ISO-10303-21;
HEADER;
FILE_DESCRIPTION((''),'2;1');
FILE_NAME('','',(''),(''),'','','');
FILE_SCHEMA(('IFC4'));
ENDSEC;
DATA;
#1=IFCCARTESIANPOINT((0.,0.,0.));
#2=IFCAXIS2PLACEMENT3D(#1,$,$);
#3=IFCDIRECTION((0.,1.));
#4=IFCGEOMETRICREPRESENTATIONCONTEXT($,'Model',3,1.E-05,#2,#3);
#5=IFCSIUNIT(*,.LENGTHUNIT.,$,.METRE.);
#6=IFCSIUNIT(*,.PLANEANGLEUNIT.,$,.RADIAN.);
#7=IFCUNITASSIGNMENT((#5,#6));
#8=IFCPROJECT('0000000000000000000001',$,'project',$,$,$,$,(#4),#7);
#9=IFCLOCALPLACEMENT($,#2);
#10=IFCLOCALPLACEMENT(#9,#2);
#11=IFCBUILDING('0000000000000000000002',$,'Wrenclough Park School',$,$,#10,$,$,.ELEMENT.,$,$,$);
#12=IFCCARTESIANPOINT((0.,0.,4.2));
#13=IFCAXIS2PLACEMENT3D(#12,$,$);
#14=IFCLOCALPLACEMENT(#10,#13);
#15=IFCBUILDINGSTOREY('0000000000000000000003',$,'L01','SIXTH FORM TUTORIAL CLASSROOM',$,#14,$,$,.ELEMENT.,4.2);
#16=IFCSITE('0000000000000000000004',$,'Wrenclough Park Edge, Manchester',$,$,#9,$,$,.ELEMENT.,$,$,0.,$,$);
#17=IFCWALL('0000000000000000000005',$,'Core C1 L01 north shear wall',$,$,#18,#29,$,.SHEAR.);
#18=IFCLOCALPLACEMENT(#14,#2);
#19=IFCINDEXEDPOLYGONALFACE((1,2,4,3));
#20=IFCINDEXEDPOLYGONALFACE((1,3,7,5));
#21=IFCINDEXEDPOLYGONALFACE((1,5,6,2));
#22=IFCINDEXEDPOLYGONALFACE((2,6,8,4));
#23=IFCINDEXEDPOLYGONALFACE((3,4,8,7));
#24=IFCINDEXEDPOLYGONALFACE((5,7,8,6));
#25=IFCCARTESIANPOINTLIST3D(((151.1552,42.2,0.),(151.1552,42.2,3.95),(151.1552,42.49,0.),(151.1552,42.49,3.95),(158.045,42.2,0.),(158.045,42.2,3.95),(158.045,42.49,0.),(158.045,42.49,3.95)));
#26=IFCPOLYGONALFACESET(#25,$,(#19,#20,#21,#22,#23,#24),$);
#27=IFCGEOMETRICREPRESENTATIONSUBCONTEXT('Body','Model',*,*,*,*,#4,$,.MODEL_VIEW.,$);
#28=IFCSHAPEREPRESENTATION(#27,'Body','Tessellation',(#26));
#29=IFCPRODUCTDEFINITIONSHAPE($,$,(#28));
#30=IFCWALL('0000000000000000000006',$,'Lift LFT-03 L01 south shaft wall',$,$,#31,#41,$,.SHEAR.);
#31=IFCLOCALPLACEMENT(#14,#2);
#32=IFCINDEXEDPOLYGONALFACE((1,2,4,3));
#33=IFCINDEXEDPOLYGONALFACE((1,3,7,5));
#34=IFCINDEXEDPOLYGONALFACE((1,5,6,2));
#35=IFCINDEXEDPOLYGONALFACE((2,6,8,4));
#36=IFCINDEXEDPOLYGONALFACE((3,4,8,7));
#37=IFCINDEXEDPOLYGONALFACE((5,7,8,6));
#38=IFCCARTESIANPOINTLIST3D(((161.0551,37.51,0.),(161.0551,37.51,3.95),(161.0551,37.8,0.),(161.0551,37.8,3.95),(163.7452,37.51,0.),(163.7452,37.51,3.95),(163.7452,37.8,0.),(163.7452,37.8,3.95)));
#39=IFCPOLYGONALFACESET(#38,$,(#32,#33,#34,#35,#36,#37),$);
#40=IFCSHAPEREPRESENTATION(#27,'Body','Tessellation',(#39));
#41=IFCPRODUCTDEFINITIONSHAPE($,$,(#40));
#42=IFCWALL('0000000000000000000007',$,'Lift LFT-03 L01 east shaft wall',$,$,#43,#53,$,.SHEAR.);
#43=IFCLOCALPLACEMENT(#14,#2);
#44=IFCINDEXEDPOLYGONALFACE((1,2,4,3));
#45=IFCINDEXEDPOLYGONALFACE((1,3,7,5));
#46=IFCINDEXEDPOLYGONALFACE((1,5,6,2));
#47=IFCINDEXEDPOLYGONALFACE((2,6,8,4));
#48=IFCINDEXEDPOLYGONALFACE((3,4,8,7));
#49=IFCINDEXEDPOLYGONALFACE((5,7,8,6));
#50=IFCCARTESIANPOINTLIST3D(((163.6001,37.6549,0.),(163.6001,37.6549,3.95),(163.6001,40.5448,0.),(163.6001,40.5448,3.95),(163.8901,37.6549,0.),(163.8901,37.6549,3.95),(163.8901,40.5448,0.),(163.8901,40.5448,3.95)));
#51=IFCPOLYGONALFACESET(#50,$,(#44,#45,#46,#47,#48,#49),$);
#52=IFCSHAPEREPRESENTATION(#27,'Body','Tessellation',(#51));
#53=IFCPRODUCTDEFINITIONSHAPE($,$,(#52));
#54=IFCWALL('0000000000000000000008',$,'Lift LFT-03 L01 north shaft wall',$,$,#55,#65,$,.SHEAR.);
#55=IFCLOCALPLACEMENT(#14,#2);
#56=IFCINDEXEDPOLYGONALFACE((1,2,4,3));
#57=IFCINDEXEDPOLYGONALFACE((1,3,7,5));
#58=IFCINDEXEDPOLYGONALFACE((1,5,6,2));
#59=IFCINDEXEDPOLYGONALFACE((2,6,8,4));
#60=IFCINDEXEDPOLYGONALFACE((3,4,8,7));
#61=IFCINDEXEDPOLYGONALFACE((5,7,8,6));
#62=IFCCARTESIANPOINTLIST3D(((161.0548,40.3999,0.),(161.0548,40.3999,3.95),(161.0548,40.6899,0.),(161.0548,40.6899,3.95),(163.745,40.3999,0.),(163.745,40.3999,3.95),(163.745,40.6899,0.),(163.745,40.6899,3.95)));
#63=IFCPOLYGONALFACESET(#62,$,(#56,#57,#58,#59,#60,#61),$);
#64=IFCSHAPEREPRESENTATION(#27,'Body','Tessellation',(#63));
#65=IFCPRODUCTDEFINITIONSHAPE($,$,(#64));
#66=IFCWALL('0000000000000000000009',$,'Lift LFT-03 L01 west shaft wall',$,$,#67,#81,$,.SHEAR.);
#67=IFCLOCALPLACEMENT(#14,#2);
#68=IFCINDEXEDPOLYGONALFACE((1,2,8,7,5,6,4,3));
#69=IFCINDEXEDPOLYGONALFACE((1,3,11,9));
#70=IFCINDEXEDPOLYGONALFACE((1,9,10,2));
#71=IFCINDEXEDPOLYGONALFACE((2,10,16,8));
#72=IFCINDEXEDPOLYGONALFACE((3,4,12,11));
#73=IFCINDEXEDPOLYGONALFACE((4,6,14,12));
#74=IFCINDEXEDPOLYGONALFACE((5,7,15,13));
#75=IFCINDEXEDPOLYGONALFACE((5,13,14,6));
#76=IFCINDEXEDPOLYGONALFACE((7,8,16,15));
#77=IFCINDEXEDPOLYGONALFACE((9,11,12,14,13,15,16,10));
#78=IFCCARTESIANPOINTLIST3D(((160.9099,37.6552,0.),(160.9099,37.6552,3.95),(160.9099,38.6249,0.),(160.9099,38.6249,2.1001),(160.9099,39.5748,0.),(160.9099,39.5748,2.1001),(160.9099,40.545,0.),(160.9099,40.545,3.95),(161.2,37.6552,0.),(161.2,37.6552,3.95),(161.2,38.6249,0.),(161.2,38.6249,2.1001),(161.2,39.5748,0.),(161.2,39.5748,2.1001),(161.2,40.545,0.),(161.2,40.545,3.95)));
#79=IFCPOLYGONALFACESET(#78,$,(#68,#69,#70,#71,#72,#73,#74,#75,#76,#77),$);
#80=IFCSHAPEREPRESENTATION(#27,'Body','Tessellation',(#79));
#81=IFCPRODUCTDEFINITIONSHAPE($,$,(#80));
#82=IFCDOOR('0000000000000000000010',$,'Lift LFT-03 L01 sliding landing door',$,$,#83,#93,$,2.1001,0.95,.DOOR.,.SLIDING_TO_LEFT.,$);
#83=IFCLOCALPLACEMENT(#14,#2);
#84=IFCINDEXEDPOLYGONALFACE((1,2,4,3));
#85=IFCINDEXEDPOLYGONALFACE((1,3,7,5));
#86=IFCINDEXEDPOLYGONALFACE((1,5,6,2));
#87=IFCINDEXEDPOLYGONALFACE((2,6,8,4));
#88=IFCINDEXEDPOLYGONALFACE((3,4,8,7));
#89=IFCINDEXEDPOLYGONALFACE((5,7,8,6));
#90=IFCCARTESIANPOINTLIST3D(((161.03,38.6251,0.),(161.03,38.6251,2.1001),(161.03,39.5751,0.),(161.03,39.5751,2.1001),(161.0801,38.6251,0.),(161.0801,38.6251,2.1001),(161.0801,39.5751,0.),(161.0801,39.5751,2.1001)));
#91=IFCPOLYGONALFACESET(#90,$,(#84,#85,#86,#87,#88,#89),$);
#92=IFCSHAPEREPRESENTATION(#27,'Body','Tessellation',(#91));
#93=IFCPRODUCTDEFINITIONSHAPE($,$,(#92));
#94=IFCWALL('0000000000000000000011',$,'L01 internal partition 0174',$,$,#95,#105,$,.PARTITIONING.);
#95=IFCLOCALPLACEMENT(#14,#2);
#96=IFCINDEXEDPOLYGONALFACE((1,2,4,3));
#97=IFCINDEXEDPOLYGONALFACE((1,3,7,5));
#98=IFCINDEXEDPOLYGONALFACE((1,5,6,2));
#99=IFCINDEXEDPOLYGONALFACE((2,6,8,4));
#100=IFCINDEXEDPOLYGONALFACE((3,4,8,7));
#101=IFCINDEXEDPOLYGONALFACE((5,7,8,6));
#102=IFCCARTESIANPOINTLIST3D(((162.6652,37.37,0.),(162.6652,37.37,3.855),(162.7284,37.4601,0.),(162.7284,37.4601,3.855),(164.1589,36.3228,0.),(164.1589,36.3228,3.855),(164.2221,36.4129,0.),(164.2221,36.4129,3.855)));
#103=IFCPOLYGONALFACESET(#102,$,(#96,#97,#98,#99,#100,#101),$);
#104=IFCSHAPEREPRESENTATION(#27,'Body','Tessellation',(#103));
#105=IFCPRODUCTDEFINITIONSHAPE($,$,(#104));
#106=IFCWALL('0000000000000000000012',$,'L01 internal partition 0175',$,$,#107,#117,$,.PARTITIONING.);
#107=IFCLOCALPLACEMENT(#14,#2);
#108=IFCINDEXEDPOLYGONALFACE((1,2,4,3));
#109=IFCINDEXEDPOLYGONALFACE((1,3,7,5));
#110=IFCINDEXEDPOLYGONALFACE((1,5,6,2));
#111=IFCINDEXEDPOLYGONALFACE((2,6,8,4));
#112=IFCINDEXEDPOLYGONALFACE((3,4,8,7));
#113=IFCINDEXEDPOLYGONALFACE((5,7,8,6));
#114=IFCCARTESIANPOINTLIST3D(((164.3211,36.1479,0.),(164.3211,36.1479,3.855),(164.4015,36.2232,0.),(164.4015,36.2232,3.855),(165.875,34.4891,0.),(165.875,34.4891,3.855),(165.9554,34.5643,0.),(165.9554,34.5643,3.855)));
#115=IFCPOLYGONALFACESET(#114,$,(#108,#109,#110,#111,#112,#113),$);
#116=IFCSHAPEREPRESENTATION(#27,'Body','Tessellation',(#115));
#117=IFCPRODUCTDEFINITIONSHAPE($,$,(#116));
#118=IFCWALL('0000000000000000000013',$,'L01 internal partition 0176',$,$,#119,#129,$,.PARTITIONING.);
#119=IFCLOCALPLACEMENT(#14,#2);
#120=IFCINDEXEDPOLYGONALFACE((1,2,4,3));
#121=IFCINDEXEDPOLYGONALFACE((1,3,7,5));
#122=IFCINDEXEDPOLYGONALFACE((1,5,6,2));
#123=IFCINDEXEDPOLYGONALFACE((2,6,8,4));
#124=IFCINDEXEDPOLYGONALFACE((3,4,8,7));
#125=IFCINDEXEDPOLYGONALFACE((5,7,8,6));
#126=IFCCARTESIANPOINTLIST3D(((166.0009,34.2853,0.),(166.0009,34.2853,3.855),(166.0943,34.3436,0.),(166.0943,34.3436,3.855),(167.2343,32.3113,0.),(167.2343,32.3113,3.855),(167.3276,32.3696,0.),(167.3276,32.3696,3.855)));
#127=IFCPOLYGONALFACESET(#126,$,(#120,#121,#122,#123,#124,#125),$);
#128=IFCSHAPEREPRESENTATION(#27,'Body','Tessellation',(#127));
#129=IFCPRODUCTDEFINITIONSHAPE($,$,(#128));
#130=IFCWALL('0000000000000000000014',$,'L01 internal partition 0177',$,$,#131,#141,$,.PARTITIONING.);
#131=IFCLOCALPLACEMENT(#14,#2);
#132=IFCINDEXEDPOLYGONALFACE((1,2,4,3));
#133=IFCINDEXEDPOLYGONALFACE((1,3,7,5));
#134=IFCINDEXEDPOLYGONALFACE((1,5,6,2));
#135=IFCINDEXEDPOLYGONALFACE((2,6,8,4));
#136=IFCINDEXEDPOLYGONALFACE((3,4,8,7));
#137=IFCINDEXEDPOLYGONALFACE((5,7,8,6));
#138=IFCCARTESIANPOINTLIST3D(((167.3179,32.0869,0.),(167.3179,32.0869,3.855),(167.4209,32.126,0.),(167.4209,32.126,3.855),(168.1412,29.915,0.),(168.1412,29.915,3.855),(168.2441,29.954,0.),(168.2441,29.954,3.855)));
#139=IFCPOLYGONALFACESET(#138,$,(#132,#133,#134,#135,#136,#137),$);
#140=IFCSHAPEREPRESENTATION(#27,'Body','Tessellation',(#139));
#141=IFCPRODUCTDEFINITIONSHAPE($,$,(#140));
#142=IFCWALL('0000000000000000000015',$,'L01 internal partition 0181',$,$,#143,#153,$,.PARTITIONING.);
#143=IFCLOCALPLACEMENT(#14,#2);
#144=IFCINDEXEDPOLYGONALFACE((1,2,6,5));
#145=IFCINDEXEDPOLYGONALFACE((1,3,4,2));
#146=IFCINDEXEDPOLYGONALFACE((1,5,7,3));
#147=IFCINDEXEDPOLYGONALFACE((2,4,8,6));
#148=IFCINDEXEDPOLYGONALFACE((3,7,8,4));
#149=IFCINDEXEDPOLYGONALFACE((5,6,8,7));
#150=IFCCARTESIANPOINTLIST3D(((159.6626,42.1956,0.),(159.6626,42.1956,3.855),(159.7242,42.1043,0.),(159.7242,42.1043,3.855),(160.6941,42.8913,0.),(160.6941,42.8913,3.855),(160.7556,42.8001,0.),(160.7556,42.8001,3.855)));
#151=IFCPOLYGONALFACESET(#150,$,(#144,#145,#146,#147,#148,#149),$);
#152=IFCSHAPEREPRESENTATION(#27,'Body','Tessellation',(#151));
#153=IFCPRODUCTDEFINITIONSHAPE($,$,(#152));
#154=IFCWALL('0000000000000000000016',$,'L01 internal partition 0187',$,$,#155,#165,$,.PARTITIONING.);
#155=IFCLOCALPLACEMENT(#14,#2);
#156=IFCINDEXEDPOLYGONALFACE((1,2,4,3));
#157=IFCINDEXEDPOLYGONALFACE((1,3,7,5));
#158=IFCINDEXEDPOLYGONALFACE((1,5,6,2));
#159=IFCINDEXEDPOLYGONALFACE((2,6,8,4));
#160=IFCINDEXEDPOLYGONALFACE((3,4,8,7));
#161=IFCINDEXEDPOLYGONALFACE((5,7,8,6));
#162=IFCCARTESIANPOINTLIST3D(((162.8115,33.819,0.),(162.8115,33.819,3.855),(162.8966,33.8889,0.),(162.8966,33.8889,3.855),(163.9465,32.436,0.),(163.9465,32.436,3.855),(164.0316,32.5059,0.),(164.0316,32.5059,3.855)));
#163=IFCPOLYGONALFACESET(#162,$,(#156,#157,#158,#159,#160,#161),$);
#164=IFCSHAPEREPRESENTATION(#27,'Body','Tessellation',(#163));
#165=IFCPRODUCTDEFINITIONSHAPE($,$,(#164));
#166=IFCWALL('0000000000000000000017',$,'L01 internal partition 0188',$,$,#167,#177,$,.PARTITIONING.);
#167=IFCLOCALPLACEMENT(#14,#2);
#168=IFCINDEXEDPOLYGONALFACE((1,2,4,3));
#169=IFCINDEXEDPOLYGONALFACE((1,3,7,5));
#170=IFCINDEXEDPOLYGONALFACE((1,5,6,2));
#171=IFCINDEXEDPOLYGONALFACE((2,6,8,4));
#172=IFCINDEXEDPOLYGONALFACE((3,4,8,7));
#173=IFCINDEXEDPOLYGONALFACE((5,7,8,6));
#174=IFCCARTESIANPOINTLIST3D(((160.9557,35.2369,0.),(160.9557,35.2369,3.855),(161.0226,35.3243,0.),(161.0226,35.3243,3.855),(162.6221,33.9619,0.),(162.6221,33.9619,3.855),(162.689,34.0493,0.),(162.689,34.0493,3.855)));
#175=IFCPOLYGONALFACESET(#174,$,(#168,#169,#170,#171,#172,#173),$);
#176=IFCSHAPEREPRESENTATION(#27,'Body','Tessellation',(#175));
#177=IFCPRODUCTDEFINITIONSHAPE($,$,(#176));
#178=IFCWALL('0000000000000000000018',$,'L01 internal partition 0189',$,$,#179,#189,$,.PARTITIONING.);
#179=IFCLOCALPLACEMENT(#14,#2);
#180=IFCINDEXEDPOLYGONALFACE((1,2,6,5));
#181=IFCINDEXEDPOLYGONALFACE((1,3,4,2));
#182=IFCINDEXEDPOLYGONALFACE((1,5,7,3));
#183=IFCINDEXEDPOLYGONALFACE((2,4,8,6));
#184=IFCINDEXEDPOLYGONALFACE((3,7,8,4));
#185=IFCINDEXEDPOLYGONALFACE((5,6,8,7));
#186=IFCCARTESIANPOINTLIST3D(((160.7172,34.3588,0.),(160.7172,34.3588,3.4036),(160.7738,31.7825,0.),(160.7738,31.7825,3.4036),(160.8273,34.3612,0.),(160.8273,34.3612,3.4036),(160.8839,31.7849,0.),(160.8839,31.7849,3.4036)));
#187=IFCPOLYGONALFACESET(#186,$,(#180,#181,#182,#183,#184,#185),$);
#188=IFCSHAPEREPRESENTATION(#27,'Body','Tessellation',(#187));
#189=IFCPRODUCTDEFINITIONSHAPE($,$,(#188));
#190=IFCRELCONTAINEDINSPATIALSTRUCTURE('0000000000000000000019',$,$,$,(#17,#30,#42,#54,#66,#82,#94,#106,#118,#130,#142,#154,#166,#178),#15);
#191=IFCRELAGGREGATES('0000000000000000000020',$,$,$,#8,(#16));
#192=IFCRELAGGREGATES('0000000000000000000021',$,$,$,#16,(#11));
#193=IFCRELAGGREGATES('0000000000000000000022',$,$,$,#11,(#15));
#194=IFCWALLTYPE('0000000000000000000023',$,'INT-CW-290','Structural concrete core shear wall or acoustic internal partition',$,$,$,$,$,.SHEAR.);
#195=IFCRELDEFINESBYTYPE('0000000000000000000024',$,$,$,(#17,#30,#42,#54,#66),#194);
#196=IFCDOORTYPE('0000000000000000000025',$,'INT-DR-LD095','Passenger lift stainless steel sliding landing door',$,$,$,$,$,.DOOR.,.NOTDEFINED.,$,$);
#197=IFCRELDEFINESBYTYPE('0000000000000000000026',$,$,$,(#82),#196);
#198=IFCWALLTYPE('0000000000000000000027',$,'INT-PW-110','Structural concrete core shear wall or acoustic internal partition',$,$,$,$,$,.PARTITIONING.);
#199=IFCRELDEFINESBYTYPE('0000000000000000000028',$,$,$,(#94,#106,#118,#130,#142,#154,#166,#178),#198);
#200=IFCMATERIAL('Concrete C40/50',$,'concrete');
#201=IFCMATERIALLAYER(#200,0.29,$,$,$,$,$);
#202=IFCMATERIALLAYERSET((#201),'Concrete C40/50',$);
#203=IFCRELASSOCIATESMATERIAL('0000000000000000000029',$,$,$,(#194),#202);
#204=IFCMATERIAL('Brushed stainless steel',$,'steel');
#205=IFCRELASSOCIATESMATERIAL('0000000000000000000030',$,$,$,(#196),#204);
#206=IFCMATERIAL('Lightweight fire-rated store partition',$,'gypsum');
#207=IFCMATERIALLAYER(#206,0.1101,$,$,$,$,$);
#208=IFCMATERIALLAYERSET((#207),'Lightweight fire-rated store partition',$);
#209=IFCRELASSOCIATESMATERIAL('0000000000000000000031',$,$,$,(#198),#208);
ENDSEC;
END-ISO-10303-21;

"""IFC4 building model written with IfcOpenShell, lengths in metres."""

from ifc_helpers import new_model, si_unit, direction, frame, frame_2d, origin, place, context, subcontext, project, spatial, rectangle, extrude, material, layer, layer_set, type_object, element, fill, save


model = new_model("IFC4")

# Units and contexts
model_context = context("Model", 3, precision=1e-05, world=origin(), true_north=direction((0.0, 1.0)))
body_context = subcontext(model_context, "Body", "Model", "MODEL_VIEW")
ifc_project = project(units=[si_unit("LENGTHUNIT", "METRE"), si_unit("PLANEANGLEUNIT", "RADIAN")], contexts=[model_context])

# Site, building, storey
site_placement = place(None, origin())
site = spatial("IfcSite", under=ifc_project, at=site_placement, Name="Wrenclough Park Edge, Manchester", CompositionType="ELEMENT", RefElevation=0.0)
building_placement = place(site_placement, origin())
building = spatial("IfcBuilding", under=site, at=building_placement, Name="Wrenclough Park School", CompositionType="ELEMENT")
storey_placement = place(building_placement, frame((0.0, 0.0, 4.2)))
storey = spatial("IfcBuildingStorey", under=building, at=storey_placement, Name="L01", Description="SIXTH FORM TUTORIAL CLASSROOM", CompositionType="ELEMENT", Elevation=4.2)

# Shared definitions
ifc_material_1 = material(Name="Concrete C40/50", Category="concrete")
ifc_layer_1 = layer(ifc_material_1, 0.29)
ifc_layer_set_1 = layer_set([ifc_layer_1], Name="Concrete C40/50")
wall_type_1 = type_object("IfcWallType", Name="INT-CW-290", Description="Structural concrete core shear wall or acoustic internal partition", PredefinedType="SHEAR", material=ifc_layer_set_1)

# Walls
wall_1_placement = place(storey_placement, frame((158.0449, 42.345, 0.0), z_axis=(0.0, 0.0, 1.0), x_axis=(-1.0, 0.0, 0.0)))
element("IfcWall", 1, at=wall_1_placement, inside=storey, type_object=wall_type_1, Name="Core C1 L01 north shear wall", PredefinedType="SHEAR", context=body_context, shape_type="SweptSolid", body=[
    extrude(rectangle(XDim=6.8899, YDim=0.29, at=frame_2d((3.4448, 0.0))), origin(), (0.0, 0.0, 1.0), 3.95),
])
wall_2_placement = place(storey_placement, frame((161.0549, 37.655, 0.0), z_axis=(0.0, 0.0, 1.0), x_axis=(1.0, 0.0, 0.0)))
element("IfcWall", 2, at=wall_2_placement, inside=storey, type_object=wall_type_1, Name="Lift LFT-03 L01 south shaft wall", PredefinedType="SHEAR", context=body_context, shape_type="SweptSolid", body=[
    extrude(rectangle(XDim=2.6902, YDim=0.29, at=frame_2d((1.3452, 0.0))), origin(), (0.0, 0.0, 1.0), 3.95),
])
wall_3_placement = place(storey_placement, frame((163.7451, 37.655, 0.0), z_axis=(0.0, 0.0, 1.0), x_axis=(0.0, 1.0, 0.0)))
element("IfcWall", 3, at=wall_3_placement, inside=storey, type_object=wall_type_1, Name="Lift LFT-03 L01 east shaft wall", PredefinedType="SHEAR", context=body_context, shape_type="SweptSolid", body=[
    extrude(rectangle(XDim=2.8899, YDim=0.29, at=frame_2d((1.4448, 0.0))), origin(), (0.0, 0.0, 1.0), 3.95),
])
wall_4_placement = place(storey_placement, frame((163.7451, 40.5449, 0.0), z_axis=(0.0, 0.0, 1.0), x_axis=(-1.0, 0.0, 0.0)))
element("IfcWall", 4, at=wall_4_placement, inside=storey, type_object=wall_type_1, Name="Lift LFT-03 L01 north shaft wall", PredefinedType="SHEAR", context=body_context, shape_type="SweptSolid", body=[
    extrude(rectangle(XDim=2.6902, YDim=0.29, at=frame_2d((1.3452, 0.0))), origin(), (0.0, 0.0, 1.0), 3.95),
])

# Wall, opening, door
wall_5_placement = place(storey_placement, frame((161.0549, 40.5449, 0.0), z_axis=(0.0, 0.0, 1.0), x_axis=(0.0, -1.0, 0.0)))
wall_5 = element("IfcWall", 5, at=wall_5_placement, inside=storey, type_object=wall_type_1, Name="Lift LFT-03 L01 west shaft wall", PredefinedType="SHEAR", context=body_context, shape_type="SweptSolid", body=[
    extrude(rectangle(XDim=2.8899, YDim=0.29, at=frame_2d((1.4448, 0.0))), origin(), (0.0, 0.0, 1.0), 3.95),
])
opening_1_placement = place(wall_5_placement, frame((0.97, 0.0, 0.0)))
opening_1 = element("IfcOpeningElement", 6, at=opening_1_placement, cuts=wall_5, PredefinedType="OPENING", context=body_context, shape_type="SweptSolid", body=[
    extrude(rectangle(XDim=0.95, YDim=2.1001, at=frame_2d((0.4751, 1.05))), frame((0.0, 0.155, 0.0), z_axis=(0.0, -1.0, 0.0), x_axis=(1.0, 0.0, 0.0)), (0.0, 0.0, 1.0), 0.3101),
])
ifc_material_2 = material(Name="Brushed stainless steel", Category="steel")
door_type_1 = type_object("IfcDoorType", Name="INT-DR-LD095", Description="Passenger lift stainless steel sliding landing door", OperationType="NOTDEFINED", PredefinedType="DOOR", material=ifc_material_2)
door_1_placement = place(opening_1_placement, frame((0.95, 0.0, 0.0), z_axis=(0.0, 0.0, 1.0), x_axis=(-1.0, 0.0, 0.0)))
door_1 = element("IfcDoor", 7, at=door_1_placement, inside=storey, type_object=door_type_1, Name="Lift LFT-03 L01 sliding landing door", OperationType="SLIDING_TO_LEFT", OverallHeight=2.1001, OverallWidth=0.95, PredefinedType="DOOR", context=body_context, shape_type="SweptSolid", body=[
    extrude(rectangle(XDim=0.95, YDim=2.1001, at=frame_2d((0.4751, 1.05))), frame((0.0, 0.0249, 0.0), z_axis=(0.0, -1.0, 0.0), x_axis=(1.0, 0.0, 0.0)), (0.0, 0.0, 1.0), 0.05),
])
fill(opening_1, door_1)

# Walls
ifc_material_3 = material(Name="Lightweight fire-rated store partition", Category="gypsum")
ifc_layer_2 = layer(ifc_material_3, 0.1101)
ifc_layer_set_2 = layer_set([ifc_layer_2], Name="Lightweight fire-rated store partition")
wall_type_2 = type_object("IfcWallType", Name="INT-PW-110", Description="Structural concrete core shear wall or acoustic internal partition", PredefinedType="PARTITIONING", material=ifc_layer_set_2)
wall_6_placement = place(storey_placement, frame((162.6968, 37.415, 0.0), z_axis=(0.0, 0.0, 1.0), x_axis=(0.818829, -0.574037, 0.0)))
element("IfcWall", 8, at=wall_6_placement, inside=storey, type_object=wall_type_2, Name="L01 internal partition 0174", PredefinedType="PARTITIONING", context=body_context, shape_type="SweptSolid", body=[
    extrude(rectangle(XDim=1.8242, YDim=0.1101, at=frame_2d((0.9121, 0.0))), origin(), (0.0, 0.0, 1.0), 3.855),
])
wall_7_placement = place(storey_placement, frame((164.3613, 36.1855, 0.0), z_axis=(0.0, 0.0, 1.0), x_axis=(0.683637, -0.729822, 0.0)))
element("IfcWall", 9, at=wall_7_placement, inside=storey, type_object=wall_type_2, Name="L01 internal partition 0175", PredefinedType="PARTITIONING", context=body_context, shape_type="SweptSolid", body=[
    extrude(rectangle(XDim=2.2729, YDim=0.1101, at=frame_2d((1.1365, 0.0))), origin(), (0.0, 0.0, 1.0), 3.855),
])
wall_8_placement = place(storey_placement, frame((166.0476, 34.3145, 0.0), z_axis=(0.0, 0.0, 1.0), x_axis=(0.529867, -0.848081, 0.0)))
element("IfcWall", 10, at=wall_8_placement, inside=storey, type_object=wall_type_2, Name="L01 internal partition 0176", PredefinedType="PARTITIONING", context=body_context, shape_type="SweptSolid", body=[
    extrude(rectangle(XDim=2.3276, YDim=0.1101, at=frame_2d((1.1638, 0.0))), origin(), (0.0, 0.0, 1.0), 3.855),
])
wall_9_placement = place(storey_placement, frame((167.3694, 32.1064, 0.0), z_axis=(0.0, 0.0, 1.0), x_axis=(0.354439, -0.935079, 0.0)))
element("IfcWall", 11, at=wall_9_placement, inside=storey, type_object=wall_type_2, Name="L01 internal partition 0177", PredefinedType="PARTITIONING", context=body_context, shape_type="SweptSolid", body=[
    extrude(rectangle(XDim=2.3228, YDim=0.1101, at=frame_2d((1.1614, 0.0))), origin(), (0.0, 0.0, 1.0), 3.855),
])
wall_10_placement = place(storey_placement, frame((160.7249, 42.8457, 0.0), z_axis=(0.0, 0.0, 1.0), x_axis=(-0.829019, -0.55922, 0.0)))
element("IfcWall", 12, at=wall_10_placement, inside=storey, type_object=wall_type_2, Name="L01 internal partition 0181", PredefinedType="PARTITIONING", context=body_context, shape_type="SweptSolid", body=[
    extrude(rectangle(XDim=1.2441, YDim=0.1101, at=frame_2d((0.6221, 0.0))), origin(), (0.0, 0.0, 1.0), 3.855),
])
wall_11_placement = place(storey_placement, frame((163.989, 32.4709, 0.0), z_axis=(0.0, 0.0, 1.0), x_axis=(-0.634381, 0.77302, 0.0)))
element("IfcWall", 13, at=wall_11_placement, inside=storey, type_object=wall_type_2, Name="L01 internal partition 0187", PredefinedType="PARTITIONING", context=body_context, shape_type="SweptSolid", body=[
    extrude(rectangle(XDim=1.7891, YDim=0.1101, at=frame_2d((0.8945, 0.0))), origin(), (0.0, 0.0, 1.0), 3.855),
])
wall_12_placement = place(storey_placement, frame((162.6555, 34.0056, 0.0), z_axis=(0.0, 0.0, 1.0), x_axis=(-0.794196, 0.607662, 0.0)))
element("IfcWall", 14, at=wall_12_placement, inside=storey, type_object=wall_type_2, Name="L01 internal partition 0188", PredefinedType="PARTITIONING", context=body_context, shape_type="SweptSolid", body=[
    extrude(rectangle(XDim=2.0981, YDim=0.1101, at=frame_2d((1.0491, 0.0))), origin(), (0.0, 0.0, 1.0), 3.855),
])
wall_13_placement = place(storey_placement, frame((160.7722, 34.3601, 0.0), z_axis=(0.0, 0.0, 1.0), x_axis=(0.021981, -0.999758, 0.0)))
element("IfcWall", 15, at=wall_13_placement, inside=storey, type_object=wall_type_2, Name="L01 internal partition 0189", PredefinedType="PARTITIONING", context=body_context, shape_type="SweptSolid", body=[
    extrude(rectangle(XDim=2.5769, YDim=0.1101, at=frame_2d((1.2886, 0.0))), origin(), (0.0, 0.0, 1.0), 3.4036),
])

save(model, "model.ifc")
